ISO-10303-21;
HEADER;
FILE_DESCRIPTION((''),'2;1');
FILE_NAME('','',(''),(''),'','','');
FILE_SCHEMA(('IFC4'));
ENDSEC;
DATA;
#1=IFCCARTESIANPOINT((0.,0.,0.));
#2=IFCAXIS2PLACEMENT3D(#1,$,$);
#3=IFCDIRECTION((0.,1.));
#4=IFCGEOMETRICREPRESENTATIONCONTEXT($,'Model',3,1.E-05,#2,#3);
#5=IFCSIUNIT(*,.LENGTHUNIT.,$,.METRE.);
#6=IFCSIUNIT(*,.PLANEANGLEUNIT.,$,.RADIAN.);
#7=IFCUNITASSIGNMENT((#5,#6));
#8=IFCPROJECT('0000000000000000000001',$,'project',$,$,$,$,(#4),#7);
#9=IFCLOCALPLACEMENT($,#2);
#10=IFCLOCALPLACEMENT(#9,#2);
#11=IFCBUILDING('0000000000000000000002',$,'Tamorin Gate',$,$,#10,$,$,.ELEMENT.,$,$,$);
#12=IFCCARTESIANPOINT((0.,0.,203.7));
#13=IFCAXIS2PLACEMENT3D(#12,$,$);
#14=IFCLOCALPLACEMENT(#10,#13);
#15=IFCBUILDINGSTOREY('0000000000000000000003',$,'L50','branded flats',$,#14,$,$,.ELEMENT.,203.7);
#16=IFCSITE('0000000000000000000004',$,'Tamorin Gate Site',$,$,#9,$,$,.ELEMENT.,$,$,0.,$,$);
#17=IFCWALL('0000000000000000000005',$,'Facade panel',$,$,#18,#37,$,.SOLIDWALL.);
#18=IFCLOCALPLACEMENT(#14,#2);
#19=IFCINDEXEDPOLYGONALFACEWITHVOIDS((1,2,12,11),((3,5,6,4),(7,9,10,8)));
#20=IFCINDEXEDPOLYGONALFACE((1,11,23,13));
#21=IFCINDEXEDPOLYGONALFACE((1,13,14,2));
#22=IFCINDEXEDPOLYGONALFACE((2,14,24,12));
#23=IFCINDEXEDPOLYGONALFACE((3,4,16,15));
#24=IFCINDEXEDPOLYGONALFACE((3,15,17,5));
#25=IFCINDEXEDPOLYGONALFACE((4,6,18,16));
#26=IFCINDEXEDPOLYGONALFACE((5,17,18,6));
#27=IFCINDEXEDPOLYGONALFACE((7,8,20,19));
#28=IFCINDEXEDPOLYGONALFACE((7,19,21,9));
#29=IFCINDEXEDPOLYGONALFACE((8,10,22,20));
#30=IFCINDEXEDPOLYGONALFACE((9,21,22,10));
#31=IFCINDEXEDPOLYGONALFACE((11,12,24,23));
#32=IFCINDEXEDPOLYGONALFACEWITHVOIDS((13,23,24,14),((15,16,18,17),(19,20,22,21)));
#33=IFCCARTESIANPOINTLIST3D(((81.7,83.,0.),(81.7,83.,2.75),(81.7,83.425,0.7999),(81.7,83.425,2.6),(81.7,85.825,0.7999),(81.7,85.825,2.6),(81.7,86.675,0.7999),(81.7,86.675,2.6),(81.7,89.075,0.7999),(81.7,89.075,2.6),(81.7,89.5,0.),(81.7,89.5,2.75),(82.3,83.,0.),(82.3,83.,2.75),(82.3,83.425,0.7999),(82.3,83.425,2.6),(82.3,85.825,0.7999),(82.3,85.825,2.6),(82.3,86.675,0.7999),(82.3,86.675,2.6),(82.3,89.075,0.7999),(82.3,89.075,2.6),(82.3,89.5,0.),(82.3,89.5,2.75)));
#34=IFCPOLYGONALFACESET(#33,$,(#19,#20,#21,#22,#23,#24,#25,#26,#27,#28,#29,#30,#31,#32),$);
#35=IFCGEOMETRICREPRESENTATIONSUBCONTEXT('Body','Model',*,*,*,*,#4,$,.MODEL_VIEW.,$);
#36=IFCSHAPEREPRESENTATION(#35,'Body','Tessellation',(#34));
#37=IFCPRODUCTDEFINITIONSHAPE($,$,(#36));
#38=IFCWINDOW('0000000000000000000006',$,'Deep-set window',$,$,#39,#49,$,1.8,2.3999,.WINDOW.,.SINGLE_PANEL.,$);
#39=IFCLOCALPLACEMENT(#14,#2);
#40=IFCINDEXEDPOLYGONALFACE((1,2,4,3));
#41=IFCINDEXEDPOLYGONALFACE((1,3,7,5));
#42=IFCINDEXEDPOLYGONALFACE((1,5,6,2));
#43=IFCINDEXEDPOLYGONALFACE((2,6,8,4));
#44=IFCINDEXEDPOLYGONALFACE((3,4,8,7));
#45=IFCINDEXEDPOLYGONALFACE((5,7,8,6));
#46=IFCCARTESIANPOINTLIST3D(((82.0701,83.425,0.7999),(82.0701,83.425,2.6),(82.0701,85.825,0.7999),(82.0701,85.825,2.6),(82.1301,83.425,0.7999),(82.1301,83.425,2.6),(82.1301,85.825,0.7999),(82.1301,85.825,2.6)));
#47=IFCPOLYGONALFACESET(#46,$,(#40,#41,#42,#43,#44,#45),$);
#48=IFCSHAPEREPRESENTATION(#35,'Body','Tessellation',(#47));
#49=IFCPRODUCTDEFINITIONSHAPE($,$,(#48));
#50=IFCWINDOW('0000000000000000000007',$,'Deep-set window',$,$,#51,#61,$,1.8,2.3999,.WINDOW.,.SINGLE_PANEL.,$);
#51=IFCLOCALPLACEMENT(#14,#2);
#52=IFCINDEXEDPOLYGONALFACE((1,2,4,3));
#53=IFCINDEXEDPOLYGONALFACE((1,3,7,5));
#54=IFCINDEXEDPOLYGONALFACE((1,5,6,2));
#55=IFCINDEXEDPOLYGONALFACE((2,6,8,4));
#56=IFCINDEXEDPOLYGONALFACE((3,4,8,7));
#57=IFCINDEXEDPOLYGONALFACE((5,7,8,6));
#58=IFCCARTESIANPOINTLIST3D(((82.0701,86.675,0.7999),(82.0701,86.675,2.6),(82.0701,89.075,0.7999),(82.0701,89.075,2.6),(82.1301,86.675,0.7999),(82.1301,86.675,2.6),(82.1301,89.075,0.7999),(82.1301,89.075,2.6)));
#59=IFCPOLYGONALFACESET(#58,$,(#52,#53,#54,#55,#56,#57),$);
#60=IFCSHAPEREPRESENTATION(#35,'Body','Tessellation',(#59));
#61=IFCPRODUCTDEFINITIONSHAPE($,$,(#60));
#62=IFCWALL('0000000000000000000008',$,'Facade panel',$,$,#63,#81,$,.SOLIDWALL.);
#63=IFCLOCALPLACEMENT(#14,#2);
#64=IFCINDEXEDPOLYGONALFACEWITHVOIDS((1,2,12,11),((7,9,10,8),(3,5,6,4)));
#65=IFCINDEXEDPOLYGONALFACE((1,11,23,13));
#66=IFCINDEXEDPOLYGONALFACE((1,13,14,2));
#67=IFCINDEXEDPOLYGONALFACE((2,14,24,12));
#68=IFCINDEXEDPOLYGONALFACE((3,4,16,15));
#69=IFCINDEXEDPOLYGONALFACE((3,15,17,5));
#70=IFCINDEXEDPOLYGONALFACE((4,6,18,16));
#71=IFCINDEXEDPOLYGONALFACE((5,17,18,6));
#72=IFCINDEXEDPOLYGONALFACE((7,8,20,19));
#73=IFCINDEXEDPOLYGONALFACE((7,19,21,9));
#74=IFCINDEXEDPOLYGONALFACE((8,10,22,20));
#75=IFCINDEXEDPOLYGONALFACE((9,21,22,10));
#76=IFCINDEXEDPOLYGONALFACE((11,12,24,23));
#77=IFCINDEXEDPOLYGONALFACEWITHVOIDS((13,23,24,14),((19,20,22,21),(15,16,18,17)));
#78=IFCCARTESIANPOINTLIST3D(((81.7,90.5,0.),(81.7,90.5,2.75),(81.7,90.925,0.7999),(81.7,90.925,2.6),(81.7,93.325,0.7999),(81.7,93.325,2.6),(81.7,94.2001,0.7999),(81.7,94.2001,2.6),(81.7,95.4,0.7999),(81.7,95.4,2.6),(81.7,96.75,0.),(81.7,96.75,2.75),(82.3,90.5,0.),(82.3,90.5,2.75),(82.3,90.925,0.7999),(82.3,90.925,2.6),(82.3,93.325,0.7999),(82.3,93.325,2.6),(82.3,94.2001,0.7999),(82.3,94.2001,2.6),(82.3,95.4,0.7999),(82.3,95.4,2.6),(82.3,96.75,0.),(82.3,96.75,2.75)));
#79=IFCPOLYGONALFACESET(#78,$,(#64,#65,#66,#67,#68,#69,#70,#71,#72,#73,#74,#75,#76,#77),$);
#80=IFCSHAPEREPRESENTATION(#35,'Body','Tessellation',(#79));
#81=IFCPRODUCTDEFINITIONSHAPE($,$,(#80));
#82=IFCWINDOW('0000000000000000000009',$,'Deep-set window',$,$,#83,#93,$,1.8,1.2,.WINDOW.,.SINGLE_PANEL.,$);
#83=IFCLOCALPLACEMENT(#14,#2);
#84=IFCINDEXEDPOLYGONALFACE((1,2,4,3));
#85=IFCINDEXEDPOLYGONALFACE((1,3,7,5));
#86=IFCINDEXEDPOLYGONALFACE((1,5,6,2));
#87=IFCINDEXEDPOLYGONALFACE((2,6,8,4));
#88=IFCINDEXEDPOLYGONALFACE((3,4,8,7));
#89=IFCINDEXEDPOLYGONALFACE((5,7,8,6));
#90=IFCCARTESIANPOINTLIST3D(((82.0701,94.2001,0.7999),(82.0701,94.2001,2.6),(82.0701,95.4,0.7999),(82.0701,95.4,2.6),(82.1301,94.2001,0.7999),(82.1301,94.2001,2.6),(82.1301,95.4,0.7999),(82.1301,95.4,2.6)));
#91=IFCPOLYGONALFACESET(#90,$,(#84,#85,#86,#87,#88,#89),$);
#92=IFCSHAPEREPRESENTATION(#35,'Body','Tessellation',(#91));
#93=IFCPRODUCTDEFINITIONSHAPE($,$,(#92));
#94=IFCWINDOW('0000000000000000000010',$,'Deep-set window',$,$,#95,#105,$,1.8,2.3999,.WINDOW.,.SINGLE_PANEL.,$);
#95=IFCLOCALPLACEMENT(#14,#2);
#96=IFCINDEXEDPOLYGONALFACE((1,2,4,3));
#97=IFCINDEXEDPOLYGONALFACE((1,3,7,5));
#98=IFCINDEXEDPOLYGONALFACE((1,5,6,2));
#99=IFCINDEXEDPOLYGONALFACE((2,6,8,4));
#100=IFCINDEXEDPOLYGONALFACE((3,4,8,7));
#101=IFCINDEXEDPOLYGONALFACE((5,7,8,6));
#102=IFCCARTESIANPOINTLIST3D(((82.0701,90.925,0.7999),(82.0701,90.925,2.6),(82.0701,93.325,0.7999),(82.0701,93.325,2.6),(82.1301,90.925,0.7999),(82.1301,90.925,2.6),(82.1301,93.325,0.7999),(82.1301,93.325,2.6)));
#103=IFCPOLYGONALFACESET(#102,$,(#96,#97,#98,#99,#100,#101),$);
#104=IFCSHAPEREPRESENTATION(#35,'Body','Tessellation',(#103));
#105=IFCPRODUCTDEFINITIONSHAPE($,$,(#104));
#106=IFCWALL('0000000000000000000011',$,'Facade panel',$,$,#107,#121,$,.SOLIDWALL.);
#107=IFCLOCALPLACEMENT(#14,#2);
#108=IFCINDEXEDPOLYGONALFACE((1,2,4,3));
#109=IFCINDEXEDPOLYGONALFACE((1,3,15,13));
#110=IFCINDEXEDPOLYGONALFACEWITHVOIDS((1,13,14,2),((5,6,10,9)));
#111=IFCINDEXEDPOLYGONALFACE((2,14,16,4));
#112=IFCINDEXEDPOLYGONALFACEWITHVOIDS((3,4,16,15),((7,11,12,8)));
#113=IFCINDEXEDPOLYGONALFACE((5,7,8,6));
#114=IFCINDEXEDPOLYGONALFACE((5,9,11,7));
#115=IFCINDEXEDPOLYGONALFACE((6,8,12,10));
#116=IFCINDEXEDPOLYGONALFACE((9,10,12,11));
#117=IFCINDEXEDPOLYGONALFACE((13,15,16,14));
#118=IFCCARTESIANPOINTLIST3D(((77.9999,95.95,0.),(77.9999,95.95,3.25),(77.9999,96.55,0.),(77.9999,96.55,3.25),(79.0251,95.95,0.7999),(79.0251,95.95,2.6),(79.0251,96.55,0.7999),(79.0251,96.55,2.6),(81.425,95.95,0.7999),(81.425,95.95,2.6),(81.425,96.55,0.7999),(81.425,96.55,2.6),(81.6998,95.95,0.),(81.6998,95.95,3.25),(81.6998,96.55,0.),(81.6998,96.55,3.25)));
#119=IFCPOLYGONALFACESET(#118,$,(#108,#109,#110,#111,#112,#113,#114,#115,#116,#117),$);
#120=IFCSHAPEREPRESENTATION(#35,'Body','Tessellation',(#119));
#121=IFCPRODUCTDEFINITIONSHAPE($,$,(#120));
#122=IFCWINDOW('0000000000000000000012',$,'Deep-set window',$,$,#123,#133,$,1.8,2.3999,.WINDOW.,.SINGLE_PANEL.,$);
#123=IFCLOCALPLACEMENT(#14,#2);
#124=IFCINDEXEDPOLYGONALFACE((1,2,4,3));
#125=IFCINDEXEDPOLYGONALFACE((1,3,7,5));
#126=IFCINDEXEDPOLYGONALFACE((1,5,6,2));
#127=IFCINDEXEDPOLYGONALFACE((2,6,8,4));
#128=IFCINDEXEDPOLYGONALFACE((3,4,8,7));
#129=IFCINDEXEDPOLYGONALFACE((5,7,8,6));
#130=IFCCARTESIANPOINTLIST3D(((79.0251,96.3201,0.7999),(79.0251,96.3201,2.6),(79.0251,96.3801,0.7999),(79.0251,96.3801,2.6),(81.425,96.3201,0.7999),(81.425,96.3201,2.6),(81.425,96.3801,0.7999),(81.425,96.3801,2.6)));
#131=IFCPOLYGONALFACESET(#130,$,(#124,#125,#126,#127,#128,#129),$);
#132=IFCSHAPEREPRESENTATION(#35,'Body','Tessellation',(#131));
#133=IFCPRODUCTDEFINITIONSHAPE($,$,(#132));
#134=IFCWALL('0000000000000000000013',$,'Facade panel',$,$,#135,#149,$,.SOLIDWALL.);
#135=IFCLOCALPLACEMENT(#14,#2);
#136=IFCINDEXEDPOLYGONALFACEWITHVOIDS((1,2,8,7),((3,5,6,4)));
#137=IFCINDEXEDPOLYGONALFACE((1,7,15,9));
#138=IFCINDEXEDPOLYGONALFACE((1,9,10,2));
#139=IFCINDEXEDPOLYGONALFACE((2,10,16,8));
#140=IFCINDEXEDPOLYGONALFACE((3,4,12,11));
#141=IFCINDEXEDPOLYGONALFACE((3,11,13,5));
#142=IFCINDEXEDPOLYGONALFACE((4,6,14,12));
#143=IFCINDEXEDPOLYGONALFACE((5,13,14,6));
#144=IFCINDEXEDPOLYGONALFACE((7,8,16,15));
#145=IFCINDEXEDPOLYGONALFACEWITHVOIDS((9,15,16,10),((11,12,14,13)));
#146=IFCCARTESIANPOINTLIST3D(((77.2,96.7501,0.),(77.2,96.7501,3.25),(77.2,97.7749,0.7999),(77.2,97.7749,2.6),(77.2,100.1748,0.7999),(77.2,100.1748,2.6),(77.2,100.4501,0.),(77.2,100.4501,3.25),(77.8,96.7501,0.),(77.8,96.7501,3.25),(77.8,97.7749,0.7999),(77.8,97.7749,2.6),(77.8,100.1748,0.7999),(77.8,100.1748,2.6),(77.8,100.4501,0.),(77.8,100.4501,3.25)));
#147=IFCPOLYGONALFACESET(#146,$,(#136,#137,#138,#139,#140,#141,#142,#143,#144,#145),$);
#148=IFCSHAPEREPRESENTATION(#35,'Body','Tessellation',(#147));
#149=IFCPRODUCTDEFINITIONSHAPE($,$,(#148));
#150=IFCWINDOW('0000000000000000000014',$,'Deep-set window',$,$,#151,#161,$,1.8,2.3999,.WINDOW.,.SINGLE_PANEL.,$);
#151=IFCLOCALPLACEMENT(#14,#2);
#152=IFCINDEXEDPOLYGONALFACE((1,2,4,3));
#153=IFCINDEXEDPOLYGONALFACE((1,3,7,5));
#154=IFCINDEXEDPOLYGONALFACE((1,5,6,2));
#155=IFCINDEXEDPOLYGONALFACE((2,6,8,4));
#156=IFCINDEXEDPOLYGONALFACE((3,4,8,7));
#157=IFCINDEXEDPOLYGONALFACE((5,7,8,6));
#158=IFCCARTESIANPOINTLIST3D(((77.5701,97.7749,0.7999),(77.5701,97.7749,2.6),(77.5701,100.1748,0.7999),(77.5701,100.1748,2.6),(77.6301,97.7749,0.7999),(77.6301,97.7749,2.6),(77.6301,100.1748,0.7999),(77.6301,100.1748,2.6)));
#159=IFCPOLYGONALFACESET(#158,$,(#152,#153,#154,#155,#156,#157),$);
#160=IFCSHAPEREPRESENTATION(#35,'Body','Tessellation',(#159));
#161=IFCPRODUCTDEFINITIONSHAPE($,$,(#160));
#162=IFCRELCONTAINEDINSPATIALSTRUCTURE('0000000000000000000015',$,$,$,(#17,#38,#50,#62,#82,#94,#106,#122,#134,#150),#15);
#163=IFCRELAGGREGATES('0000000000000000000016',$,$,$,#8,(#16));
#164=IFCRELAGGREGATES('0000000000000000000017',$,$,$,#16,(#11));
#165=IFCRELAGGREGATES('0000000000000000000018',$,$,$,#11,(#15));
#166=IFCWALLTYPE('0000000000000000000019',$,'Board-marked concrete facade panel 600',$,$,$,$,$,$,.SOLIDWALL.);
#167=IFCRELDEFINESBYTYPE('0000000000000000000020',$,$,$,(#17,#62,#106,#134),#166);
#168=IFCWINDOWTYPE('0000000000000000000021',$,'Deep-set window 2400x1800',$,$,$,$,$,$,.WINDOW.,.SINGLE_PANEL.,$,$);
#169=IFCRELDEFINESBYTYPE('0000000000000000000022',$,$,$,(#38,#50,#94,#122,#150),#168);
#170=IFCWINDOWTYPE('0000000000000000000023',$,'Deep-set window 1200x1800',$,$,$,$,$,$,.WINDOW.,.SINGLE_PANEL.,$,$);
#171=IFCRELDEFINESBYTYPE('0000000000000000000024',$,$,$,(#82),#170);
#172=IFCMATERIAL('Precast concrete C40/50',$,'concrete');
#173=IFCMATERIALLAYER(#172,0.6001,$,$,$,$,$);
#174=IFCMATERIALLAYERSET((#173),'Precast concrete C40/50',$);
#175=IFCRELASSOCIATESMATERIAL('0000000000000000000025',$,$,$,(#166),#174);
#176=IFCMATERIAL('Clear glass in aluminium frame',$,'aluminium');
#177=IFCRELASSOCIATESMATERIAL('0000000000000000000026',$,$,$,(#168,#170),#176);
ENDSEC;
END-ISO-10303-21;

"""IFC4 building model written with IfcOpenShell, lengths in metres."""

from ifc_helpers import new_model, si_unit, direction, frame, frame_2d, origin, place, context, subcontext, project, spatial, rectangle, extrude, material, layer, layer_set, type_object, element, fill, save


model = new_model("IFC4")

# Units and contexts
model_context = context("Model", 3, precision=1e-05, world=origin(), true_north=direction((0.0, 1.0)))
body_context = subcontext(model_context, "Body", "Model", "MODEL_VIEW")
ifc_project = project(units=[si_unit("LENGTHUNIT", "METRE"), si_unit("PLANEANGLEUNIT", "RADIAN")], contexts=[model_context])

# Site, building, storey
site_placement = place(None, origin())
site = spatial("IfcSite", under=ifc_project, at=site_placement, Name="Tamorin Gate Site", CompositionType="ELEMENT", RefElevation=0.0)
building_placement = place(site_placement, origin())
building = spatial("IfcBuilding", under=site, at=building_placement, Name="Tamorin Gate", CompositionType="ELEMENT")
storey_placement = place(building_placement, frame((0.0, 0.0, 203.7)))
storey = spatial("IfcBuildingStorey", under=building, at=storey_placement, Name="L50", Description="branded flats", CompositionType="ELEMENT", Elevation=203.7)

# Walls, openings, windows
ifc_material_1 = material(Name="Precast concrete C40/50", Category="concrete")
ifc_layer = layer(ifc_material_1, 0.6001)
ifc_layer_set = layer_set([ifc_layer], Name="Precast concrete C40/50")
wall_type = type_object("IfcWallType", Name="Board-marked concrete facade panel 600", PredefinedType="SOLIDWALL", material=ifc_layer_set)
wall_1_placement = place(storey_placement, frame((82.0, 83.0, 0.0), z_axis=(0.0, 0.0, 1.0), x_axis=(0.0, 1.0, 0.0)))
wall_1 = element("IfcWall", 1, at=wall_1_placement, inside=storey, type_object=wall_type, Name="Facade panel", PredefinedType="SOLIDWALL", context=body_context, shape_type="SweptSolid", body=[
    extrude(rectangle(XDim=6.5, YDim=0.6001, at=frame_2d((3.25, 0.0))), origin(), (0.0, 0.0, 1.0), 2.75),
])
opening_1_placement = place(wall_1_placement, frame((0.425, 0.0, 0.8)))
opening_1 = element("IfcOpeningElement", 2, at=opening_1_placement, cuts=wall_1, PredefinedType="OPENING", context=body_context, shape_type="SweptSolid", body=[
    extrude(rectangle(XDim=2.3999, YDim=1.8, at=frame_2d((1.2, 0.8999))), frame((0.0, 0.3101, 0.0), z_axis=(0.0, -1.0, 0.0), x_axis=(1.0, 0.0, 0.0)), (0.0, 0.0, 1.0), 0.6201),
])
opening_2_placement = place(wall_1_placement, frame((3.675, 0.0, 0.8)))
opening_2 = element("IfcOpeningElement", 3, at=opening_2_placement, cuts=wall_1, PredefinedType="OPENING", context=body_context, shape_type="SweptSolid", body=[
    extrude(rectangle(XDim=2.3999, YDim=1.8, at=frame_2d((1.2, 0.8999))), frame((0.0, 0.3101, 0.0), z_axis=(0.0, -1.0, 0.0), x_axis=(1.0, 0.0, 0.0)), (0.0, 0.0, 1.0), 0.6201),
])
ifc_material_2 = material(Name="Clear glass in aluminium frame", Category="aluminium")
window_type_1 = type_object("IfcWindowType", Name="Deep-set window 2400x1800", PartitioningType="SINGLE_PANEL", PredefinedType="WINDOW", material=ifc_material_2)
window_1_placement = place(opening_1_placement, origin())
window_1 = element("IfcWindow", 4, at=window_1_placement, inside=storey, type_object=window_type_1, Name="Deep-set window", OverallHeight=1.8, OverallWidth=2.3999, PartitioningType="SINGLE_PANEL", PredefinedType="WINDOW", context=body_context, shape_type="SweptSolid", body=[
    extrude(rectangle(XDim=2.3999, YDim=1.8, at=frame_2d((1.2, 0.8999))), frame((0.0, -0.0701, 0.0), z_axis=(0.0, -1.0, 0.0), x_axis=(1.0, 0.0, 0.0)), (0.0, 0.0, 1.0), 0.0601),
])
fill(opening_1, window_1)
window_2_placement = place(opening_2_placement, origin())
window_2 = element("IfcWindow", 5, at=window_2_placement, inside=storey, type_object=window_type_1, Name="Deep-set window", OverallHeight=1.8, OverallWidth=2.3999, PartitioningType="SINGLE_PANEL", PredefinedType="WINDOW", context=body_context, shape_type="SweptSolid", body=[
    extrude(rectangle(XDim=2.3999, YDim=1.8, at=frame_2d((1.2, 0.8999))), frame((0.0, -0.0701, 0.0), z_axis=(0.0, -1.0, 0.0), x_axis=(1.0, 0.0, 0.0)), (0.0, 0.0, 1.0), 0.0601),
])
fill(opening_2, window_2)
wall_2_placement = place(storey_placement, frame((82.0, 90.5, 0.0), z_axis=(0.0, 0.0, 1.0), x_axis=(0.0, 1.0, 0.0)))
wall_2 = element("IfcWall", 6, at=wall_2_placement, inside=storey, type_object=wall_type, Name="Facade panel", PredefinedType="SOLIDWALL", context=body_context, shape_type="SweptSolid", body=[
    extrude(rectangle(XDim=6.25, YDim=0.6001, at=frame_2d((3.125, 0.0))), origin(), (0.0, 0.0, 1.0), 2.75),
])
opening_3_placement = place(wall_2_placement, frame((0.425, 0.0, 0.8)))
opening_3 = element("IfcOpeningElement", 7, at=opening_3_placement, cuts=wall_2, PredefinedType="OPENING", context=body_context, shape_type="SweptSolid", body=[
    extrude(rectangle(XDim=2.3999, YDim=1.8, at=frame_2d((1.2, 0.8999))), frame((0.0, 0.3101, 0.0), z_axis=(0.0, -1.0, 0.0), x_axis=(1.0, 0.0, 0.0)), (0.0, 0.0, 1.0), 0.6201),
])
opening_4_placement = place(wall_2_placement, frame((3.7, 0.0, 0.8)))
opening_4 = element("IfcOpeningElement", 8, at=opening_4_placement, cuts=wall_2, PredefinedType="OPENING", context=body_context, shape_type="SweptSolid", body=[
    extrude(rectangle(XDim=1.2, YDim=1.8, at=frame_2d((0.6001, 0.8999))), frame((0.0, 0.3101, 0.0), z_axis=(0.0, -1.0, 0.0), x_axis=(1.0, 0.0, 0.0)), (0.0, 0.0, 1.0), 0.6201),
])
window_type_2 = type_object("IfcWindowType", Name="Deep-set window 1200x1800", PartitioningType="SINGLE_PANEL", PredefinedType="WINDOW", material=ifc_material_2)
window_3_placement = place(opening_4_placement, origin())
window_3 = element("IfcWindow", 9, at=window_3_placement, inside=storey, type_object=window_type_2, Name="Deep-set window", OverallHeight=1.8, OverallWidth=1.2, PartitioningType="SINGLE_PANEL", PredefinedType="WINDOW", context=body_context, shape_type="SweptSolid", body=[
    extrude(rectangle(XDim=1.2, YDim=1.8, at=frame_2d((0.6001, 0.8999))), frame((0.0, -0.0701, 0.0), z_axis=(0.0, -1.0, 0.0), x_axis=(1.0, 0.0, 0.0)), (0.0, 0.0, 1.0), 0.0601),
])
fill(opening_4, window_3)
window_4_placement = place(opening_3_placement, origin())
window_4 = element("IfcWindow", 10, at=window_4_placement, inside=storey, type_object=window_type_1, Name="Deep-set window", OverallHeight=1.8, OverallWidth=2.3999, PartitioningType="SINGLE_PANEL", PredefinedType="WINDOW", context=body_context, shape_type="SweptSolid", body=[
    extrude(rectangle(XDim=2.3999, YDim=1.8, at=frame_2d((1.2, 0.8999))), frame((0.0, -0.0701, 0.0), z_axis=(0.0, -1.0, 0.0), x_axis=(1.0, 0.0, 0.0)), (0.0, 0.0, 1.0), 0.0601),
])
fill(opening_3, window_4)

# Walls, openings, windows
wall_3_placement = place(storey_placement, frame((81.7, 96.25, 0.0), z_axis=(0.0, 0.0, 1.0), x_axis=(-1.0, 0.0, 0.0)))
wall_3 = element("IfcWall", 11, at=wall_3_placement, inside=storey, type_object=wall_type, Name="Facade panel", PredefinedType="SOLIDWALL", context=body_context, shape_type="SweptSolid", body=[
    extrude(rectangle(XDim=3.7, YDim=0.6001, at=frame_2d((1.8501, 0.0))), origin(), (0.0, 0.0, 1.0), 3.25),
])
opening_5_placement = place(wall_3_placement, frame((0.2749, 0.0, 0.8)))
opening_5 = element("IfcOpeningElement", 12, at=opening_5_placement, cuts=wall_3, PredefinedType="OPENING", context=body_context, shape_type="SweptSolid", body=[
    extrude(rectangle(XDim=2.3999, YDim=1.8, at=frame_2d((1.2, 0.8999))), frame((0.0, 0.3101, 0.0), z_axis=(0.0, -1.0, 0.0), x_axis=(1.0, 0.0, 0.0)), (0.0, 0.0, 1.0), 0.6201),
])
window_5_placement = place(opening_5_placement, origin())
window_5 = element("IfcWindow", 13, at=window_5_placement, inside=storey, type_object=window_type_1, Name="Deep-set window", OverallHeight=1.8, OverallWidth=2.3999, PartitioningType="SINGLE_PANEL", PredefinedType="WINDOW", context=body_context, shape_type="SweptSolid", body=[
    extrude(rectangle(XDim=2.3999, YDim=1.8, at=frame_2d((1.2, 0.8999))), frame((0.0, -0.0701, 0.0), z_axis=(0.0, -1.0, 0.0), x_axis=(1.0, 0.0, 0.0)), (0.0, 0.0, 1.0), 0.0601),
])
fill(opening_5, window_5)
wall_4_placement = place(storey_placement, frame((77.5, 96.75, 0.0), z_axis=(0.0, 0.0, 1.0), x_axis=(0.0, 1.0, 0.0)))
wall_4 = element("IfcWall", 14, at=wall_4_placement, inside=storey, type_object=wall_type, Name="Facade panel", PredefinedType="SOLIDWALL", context=body_context, shape_type="SweptSolid", body=[
    extrude(rectangle(XDim=3.7, YDim=0.6001, at=frame_2d((1.8501, 0.0))), origin(), (0.0, 0.0, 1.0), 3.25),
])
opening_6_placement = place(wall_4_placement, frame((1.0249, 0.0, 0.8)))
opening_6 = element("IfcOpeningElement", 15, at=opening_6_placement, cuts=wall_4, PredefinedType="OPENING", context=body_context, shape_type="SweptSolid", body=[
    extrude(rectangle(XDim=2.3999, YDim=1.8, at=frame_2d((1.2, 0.8999))), frame((0.0, 0.3101, 0.0), z_axis=(0.0, -1.0, 0.0), x_axis=(1.0, 0.0, 0.0)), (0.0, 0.0, 1.0), 0.6201),
])
window_6_placement = place(opening_6_placement, origin())
window_6 = element("IfcWindow", 16, at=window_6_placement, inside=storey, type_object=window_type_1, Name="Deep-set window", OverallHeight=1.8, OverallWidth=2.3999, PartitioningType="SINGLE_PANEL", PredefinedType="WINDOW", context=body_context, shape_type="SweptSolid", body=[
    extrude(rectangle(XDim=2.3999, YDim=1.8, at=frame_2d((1.2, 0.8999))), frame((0.0, -0.0701, 0.0), z_axis=(0.0, -1.0, 0.0), x_axis=(1.0, 0.0, 0.0)), (0.0, 0.0, 1.0), 0.0601),
])
fill(opening_6, window_6)

save(model, "model.ifc")
